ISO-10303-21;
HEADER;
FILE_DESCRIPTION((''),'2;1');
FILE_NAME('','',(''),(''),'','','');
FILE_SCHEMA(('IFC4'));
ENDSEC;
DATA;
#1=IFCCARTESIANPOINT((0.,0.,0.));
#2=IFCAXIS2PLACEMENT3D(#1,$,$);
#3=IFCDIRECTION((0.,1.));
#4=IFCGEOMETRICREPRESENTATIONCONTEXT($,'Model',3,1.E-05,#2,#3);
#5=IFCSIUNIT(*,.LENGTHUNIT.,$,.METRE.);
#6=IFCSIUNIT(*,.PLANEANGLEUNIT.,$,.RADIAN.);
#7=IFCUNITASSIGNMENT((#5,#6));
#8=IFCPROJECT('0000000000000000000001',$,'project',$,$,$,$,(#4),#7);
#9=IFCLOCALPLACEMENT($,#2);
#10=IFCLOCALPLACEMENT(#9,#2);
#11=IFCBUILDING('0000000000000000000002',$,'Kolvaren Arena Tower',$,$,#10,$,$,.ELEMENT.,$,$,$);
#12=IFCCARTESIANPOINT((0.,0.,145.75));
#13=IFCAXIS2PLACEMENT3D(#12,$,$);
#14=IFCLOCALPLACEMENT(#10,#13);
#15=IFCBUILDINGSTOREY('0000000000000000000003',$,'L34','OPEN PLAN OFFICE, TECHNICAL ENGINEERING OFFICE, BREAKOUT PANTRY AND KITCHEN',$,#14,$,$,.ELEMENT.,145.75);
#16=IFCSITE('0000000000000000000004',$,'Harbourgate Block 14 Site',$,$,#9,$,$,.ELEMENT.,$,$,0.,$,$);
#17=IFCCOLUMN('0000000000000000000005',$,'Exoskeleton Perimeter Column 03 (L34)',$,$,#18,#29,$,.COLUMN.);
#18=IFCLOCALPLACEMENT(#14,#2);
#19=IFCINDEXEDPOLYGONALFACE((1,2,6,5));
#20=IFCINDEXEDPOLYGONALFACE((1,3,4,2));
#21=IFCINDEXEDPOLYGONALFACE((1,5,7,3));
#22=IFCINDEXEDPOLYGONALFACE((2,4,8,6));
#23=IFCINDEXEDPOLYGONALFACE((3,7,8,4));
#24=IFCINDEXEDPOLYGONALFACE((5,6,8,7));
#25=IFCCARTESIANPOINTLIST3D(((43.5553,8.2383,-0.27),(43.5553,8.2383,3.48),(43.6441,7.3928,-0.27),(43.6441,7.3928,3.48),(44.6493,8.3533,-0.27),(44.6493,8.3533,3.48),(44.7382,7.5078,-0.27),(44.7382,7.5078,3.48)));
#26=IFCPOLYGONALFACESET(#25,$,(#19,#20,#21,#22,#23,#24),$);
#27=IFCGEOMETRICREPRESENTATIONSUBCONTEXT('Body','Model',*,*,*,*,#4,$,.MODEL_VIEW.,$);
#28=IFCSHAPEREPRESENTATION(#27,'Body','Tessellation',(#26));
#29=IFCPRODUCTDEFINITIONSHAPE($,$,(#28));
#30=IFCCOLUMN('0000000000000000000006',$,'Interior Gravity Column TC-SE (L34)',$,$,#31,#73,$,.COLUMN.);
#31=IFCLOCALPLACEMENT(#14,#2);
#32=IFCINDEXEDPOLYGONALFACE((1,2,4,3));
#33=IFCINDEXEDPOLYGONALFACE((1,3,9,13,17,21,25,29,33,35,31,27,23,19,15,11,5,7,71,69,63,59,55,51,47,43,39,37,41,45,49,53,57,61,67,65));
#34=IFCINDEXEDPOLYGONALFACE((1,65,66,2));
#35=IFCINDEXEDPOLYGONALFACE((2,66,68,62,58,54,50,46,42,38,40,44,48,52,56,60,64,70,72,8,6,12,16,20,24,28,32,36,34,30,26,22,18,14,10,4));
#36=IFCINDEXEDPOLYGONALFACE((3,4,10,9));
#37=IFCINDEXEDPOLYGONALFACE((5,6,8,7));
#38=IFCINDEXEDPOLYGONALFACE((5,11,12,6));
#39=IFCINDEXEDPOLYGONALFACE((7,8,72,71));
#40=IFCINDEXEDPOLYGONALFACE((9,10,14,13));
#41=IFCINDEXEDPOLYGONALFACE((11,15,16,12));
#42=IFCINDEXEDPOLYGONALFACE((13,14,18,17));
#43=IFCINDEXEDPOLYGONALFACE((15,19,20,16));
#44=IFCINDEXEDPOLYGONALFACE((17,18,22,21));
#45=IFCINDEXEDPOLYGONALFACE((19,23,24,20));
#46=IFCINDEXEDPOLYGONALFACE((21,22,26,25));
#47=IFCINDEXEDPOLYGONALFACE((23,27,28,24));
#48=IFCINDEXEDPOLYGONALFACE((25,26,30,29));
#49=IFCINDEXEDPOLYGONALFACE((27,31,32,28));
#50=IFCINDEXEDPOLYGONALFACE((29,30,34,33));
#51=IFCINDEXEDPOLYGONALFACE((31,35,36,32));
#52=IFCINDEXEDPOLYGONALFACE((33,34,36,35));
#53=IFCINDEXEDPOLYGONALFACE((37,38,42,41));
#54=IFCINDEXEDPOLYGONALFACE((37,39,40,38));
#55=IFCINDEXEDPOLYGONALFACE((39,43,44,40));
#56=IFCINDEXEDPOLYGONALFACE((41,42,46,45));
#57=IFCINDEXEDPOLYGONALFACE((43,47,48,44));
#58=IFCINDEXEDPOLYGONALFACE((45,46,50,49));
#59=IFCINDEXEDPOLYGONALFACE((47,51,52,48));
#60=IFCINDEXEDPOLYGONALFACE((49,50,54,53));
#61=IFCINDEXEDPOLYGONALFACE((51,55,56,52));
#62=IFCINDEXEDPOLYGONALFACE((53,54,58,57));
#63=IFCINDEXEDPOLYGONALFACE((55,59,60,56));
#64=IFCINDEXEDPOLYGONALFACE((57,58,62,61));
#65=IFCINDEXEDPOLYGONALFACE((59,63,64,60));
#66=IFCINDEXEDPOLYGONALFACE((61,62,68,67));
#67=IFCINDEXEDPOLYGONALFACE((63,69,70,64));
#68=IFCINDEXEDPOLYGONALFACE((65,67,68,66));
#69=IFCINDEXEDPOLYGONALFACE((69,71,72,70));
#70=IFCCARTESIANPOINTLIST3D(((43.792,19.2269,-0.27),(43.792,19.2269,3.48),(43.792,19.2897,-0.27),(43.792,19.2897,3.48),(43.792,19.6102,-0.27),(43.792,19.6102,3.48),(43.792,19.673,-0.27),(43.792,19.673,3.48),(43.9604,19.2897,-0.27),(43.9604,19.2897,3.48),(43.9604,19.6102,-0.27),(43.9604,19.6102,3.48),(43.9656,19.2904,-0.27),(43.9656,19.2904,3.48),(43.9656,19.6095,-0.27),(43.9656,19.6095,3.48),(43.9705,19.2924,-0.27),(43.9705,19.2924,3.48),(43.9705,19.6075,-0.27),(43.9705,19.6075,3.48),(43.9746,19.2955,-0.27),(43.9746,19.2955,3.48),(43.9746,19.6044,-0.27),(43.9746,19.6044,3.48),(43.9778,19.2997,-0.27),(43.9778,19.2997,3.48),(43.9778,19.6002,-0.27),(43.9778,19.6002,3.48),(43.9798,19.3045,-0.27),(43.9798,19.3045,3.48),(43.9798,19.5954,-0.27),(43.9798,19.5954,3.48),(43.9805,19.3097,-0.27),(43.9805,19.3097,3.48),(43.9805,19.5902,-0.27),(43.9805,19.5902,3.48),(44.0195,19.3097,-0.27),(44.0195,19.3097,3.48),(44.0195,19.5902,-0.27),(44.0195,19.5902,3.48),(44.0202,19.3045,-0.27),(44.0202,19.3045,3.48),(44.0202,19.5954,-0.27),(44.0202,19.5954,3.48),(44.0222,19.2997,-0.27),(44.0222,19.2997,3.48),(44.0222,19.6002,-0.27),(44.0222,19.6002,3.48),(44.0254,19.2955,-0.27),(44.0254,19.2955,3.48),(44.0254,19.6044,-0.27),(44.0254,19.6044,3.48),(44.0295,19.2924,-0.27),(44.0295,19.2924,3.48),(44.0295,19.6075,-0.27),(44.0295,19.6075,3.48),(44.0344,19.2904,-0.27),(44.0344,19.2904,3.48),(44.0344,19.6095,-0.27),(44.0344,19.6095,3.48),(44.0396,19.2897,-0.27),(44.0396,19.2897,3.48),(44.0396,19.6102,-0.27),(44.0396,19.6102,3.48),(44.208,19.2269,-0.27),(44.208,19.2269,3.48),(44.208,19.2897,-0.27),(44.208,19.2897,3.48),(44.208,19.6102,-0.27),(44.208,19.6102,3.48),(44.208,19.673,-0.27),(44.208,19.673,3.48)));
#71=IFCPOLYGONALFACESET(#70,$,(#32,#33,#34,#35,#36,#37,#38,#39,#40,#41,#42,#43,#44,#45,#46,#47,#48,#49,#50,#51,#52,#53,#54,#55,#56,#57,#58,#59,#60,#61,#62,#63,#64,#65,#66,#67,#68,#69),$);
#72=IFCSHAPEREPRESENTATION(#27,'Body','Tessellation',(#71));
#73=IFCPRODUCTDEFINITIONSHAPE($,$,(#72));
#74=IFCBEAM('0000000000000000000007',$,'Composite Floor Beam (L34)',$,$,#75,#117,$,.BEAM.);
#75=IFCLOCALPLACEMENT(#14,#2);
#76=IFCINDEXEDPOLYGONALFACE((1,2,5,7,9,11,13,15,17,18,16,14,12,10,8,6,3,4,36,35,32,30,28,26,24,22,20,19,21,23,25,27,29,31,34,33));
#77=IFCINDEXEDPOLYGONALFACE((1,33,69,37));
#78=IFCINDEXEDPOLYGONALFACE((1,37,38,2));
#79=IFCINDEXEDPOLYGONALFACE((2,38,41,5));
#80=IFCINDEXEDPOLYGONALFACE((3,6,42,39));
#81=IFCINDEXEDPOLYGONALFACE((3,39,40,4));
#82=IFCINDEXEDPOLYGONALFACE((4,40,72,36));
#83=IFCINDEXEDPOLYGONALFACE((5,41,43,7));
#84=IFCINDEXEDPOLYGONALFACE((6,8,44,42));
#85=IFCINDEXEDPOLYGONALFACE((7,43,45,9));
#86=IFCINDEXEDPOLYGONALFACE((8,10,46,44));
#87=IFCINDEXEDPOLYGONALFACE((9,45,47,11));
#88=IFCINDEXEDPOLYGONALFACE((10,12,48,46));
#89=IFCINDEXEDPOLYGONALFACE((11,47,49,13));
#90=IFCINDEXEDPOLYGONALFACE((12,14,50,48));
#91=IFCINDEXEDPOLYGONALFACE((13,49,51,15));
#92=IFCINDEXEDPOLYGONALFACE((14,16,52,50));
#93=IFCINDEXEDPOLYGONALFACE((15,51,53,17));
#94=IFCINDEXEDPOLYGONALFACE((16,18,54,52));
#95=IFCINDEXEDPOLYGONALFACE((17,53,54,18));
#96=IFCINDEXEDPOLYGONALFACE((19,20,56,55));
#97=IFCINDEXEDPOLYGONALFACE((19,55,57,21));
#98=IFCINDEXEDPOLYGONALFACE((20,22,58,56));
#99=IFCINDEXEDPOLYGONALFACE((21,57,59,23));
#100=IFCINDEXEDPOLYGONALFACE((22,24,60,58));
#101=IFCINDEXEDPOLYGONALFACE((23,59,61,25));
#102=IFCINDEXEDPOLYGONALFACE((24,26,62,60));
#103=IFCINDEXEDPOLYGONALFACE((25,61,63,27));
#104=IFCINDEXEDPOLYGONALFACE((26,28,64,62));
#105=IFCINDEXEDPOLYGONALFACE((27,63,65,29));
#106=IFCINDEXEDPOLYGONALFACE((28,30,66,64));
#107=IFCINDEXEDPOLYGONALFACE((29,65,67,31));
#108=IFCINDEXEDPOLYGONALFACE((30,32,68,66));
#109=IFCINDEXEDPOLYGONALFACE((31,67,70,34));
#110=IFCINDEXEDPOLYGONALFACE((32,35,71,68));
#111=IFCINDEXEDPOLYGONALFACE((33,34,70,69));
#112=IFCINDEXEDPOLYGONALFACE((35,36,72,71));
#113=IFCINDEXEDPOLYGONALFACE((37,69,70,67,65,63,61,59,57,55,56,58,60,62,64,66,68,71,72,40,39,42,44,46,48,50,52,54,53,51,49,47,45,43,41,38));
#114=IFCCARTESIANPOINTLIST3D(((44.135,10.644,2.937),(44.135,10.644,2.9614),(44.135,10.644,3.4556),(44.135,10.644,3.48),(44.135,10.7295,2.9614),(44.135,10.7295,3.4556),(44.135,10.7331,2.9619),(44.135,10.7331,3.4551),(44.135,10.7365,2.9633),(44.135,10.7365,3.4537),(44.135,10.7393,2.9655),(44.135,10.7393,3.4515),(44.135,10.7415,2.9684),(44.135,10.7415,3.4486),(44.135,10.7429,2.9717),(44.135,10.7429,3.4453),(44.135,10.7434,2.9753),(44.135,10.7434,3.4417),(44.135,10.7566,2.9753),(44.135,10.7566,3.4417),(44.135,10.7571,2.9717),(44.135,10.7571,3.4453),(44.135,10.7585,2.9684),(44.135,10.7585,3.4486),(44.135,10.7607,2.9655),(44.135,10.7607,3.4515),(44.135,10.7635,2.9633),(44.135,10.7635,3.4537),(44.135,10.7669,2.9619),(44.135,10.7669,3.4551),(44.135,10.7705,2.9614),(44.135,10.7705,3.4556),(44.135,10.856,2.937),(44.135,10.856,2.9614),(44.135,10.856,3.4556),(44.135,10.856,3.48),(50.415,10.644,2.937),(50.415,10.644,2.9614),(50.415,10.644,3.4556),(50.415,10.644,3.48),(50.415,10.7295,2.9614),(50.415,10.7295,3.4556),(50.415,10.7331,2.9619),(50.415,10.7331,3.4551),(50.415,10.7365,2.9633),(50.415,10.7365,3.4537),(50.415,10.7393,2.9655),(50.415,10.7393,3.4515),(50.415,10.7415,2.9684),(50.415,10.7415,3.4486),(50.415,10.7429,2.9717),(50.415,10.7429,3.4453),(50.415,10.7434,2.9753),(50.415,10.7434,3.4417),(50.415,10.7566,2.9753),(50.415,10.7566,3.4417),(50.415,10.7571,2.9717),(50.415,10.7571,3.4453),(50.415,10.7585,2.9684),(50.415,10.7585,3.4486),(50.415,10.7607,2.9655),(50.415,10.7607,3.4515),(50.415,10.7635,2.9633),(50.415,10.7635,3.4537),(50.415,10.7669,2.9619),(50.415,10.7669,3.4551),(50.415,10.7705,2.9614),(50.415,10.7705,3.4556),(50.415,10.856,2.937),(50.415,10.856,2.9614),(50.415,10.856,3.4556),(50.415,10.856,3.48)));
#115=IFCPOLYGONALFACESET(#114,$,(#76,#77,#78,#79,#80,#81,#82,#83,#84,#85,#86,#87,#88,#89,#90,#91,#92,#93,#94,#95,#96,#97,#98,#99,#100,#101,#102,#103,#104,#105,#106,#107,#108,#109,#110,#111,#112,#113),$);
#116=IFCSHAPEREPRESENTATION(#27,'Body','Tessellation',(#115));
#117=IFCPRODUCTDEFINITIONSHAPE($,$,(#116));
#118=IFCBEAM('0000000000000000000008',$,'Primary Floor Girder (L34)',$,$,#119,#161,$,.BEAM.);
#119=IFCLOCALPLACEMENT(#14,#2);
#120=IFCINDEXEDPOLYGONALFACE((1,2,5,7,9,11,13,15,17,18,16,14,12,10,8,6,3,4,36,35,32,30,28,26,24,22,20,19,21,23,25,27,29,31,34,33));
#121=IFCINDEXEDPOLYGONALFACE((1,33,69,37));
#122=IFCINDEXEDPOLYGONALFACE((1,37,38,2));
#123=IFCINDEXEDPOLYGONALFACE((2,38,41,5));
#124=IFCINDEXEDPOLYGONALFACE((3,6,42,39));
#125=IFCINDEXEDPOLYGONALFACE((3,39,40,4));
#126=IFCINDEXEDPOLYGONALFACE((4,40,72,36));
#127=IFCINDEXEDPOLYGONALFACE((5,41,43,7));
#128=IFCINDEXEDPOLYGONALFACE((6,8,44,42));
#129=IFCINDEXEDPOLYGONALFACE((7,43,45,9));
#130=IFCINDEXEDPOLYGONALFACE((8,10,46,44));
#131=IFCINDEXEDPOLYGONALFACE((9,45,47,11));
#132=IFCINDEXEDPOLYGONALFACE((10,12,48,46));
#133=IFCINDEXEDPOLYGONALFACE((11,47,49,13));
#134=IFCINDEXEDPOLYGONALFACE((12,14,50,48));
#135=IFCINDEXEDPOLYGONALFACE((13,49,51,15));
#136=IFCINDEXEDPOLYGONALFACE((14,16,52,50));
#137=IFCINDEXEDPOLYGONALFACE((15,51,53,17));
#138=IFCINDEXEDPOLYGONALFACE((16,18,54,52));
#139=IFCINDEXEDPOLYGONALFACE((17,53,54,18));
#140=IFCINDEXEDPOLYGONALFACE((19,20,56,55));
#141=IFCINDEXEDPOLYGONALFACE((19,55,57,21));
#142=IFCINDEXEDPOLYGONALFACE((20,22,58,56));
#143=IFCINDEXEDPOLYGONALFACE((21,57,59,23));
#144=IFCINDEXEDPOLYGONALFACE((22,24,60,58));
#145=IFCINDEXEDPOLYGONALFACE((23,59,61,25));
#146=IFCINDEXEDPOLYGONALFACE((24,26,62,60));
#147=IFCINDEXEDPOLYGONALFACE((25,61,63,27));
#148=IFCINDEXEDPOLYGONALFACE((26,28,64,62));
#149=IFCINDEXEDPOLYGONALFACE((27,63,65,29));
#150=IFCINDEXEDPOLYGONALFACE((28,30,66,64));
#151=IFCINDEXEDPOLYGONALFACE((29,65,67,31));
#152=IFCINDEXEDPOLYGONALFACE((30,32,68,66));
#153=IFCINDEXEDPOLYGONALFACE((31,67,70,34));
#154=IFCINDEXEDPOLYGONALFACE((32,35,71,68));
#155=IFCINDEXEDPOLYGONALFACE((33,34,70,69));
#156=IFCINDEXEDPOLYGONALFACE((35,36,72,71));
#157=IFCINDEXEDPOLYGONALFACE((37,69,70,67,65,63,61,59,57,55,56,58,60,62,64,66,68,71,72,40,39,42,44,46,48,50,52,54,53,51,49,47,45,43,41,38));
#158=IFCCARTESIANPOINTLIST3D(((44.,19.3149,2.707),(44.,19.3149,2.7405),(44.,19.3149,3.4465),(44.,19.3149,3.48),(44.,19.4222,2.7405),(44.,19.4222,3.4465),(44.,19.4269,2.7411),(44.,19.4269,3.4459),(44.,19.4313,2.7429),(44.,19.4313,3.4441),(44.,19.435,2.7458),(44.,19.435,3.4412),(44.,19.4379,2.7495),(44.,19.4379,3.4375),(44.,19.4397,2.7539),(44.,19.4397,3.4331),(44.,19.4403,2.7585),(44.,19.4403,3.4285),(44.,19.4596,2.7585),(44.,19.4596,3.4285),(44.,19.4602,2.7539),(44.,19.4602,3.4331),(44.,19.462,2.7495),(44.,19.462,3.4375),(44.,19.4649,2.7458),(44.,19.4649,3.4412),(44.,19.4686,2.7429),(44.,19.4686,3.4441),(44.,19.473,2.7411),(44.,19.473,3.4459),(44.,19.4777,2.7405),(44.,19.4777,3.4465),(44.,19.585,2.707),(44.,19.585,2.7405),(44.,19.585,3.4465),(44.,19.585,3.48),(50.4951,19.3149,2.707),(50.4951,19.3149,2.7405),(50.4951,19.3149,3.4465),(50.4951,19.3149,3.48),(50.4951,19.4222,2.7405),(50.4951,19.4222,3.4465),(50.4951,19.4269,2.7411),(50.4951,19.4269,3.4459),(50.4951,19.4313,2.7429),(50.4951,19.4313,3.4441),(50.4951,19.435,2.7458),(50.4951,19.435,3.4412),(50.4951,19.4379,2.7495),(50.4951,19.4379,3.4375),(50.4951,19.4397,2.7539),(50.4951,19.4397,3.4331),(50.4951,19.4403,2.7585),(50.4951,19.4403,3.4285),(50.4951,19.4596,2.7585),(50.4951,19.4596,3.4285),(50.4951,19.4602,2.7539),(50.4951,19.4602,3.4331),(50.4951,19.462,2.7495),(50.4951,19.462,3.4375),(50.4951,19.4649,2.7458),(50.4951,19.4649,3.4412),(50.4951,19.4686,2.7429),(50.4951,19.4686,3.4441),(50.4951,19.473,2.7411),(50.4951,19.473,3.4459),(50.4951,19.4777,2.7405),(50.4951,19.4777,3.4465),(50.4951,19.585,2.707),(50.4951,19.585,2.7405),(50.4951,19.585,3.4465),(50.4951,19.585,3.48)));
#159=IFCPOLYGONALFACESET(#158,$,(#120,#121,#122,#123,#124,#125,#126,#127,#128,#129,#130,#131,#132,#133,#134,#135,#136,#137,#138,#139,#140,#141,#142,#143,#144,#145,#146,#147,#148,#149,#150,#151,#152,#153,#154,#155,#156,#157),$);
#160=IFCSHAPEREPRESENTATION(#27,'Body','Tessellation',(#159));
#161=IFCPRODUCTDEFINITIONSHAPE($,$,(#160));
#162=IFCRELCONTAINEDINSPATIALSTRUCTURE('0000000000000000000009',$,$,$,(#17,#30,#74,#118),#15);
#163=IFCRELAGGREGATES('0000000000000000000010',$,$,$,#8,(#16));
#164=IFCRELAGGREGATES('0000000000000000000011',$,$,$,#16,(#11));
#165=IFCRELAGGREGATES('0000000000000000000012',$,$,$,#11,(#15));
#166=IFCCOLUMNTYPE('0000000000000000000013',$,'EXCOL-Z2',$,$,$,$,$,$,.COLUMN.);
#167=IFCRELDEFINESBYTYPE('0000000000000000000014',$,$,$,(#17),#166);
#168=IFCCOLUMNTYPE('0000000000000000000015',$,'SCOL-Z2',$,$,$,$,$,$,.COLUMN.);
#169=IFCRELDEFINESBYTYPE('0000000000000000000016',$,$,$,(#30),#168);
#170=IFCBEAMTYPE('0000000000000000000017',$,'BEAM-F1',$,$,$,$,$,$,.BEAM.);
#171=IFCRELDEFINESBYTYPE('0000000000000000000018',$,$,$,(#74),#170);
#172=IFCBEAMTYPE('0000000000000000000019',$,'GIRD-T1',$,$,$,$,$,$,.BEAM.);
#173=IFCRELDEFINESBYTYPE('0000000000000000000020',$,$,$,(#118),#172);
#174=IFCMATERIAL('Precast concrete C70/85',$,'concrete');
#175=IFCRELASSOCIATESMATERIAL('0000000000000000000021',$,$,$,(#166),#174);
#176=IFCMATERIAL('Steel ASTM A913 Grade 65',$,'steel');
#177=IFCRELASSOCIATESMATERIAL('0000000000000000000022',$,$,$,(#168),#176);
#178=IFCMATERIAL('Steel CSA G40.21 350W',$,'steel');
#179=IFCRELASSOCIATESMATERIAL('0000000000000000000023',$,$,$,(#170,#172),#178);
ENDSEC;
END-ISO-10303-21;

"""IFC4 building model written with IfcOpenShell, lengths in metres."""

from ifc_helpers import new_model, si_unit, direction, frame, origin, origin_2d, place, context, subcontext, project, spatial, rectangle, i_section, extrude, material, material_profile, profile_set, type_object, element, save


model = new_model("IFC4")

# Units and contexts
model_context = context("Model", 3, precision=1e-05, world=origin(), true_north=direction((0.0, 1.0)))
body_context = subcontext(model_context, "Body", "Model", "MODEL_VIEW")
ifc_project = project(units=[si_unit("LENGTHUNIT", "METRE"), si_unit("PLANEANGLEUNIT", "RADIAN")], contexts=[model_context])

# Site, building, storey
site_placement = place(None, origin())
site = spatial("IfcSite", under=ifc_project, at=site_placement, Name="Harbourgate Block 14 Site", CompositionType="ELEMENT", RefElevation=0.0)
building_placement = place(site_placement, origin())
building = spatial("IfcBuilding", under=site, at=building_placement, Name="Kolvaren Arena Tower", CompositionType="ELEMENT")
storey_placement = place(building_placement, frame((0.0, 0.0, 145.75)))
storey = spatial("IfcBuildingStorey", under=building, at=storey_placement, Name="L34", Description="OPEN PLAN OFFICE, TECHNICAL ENGINEERING OFFICE, BREAKOUT PANTRY AND KITCHEN", CompositionType="ELEMENT", Elevation=145.75)

# Columns
ifc_material_1 = material(Name="Precast concrete C70/85", Category="concrete")
ifc_material_profile_1 = material_profile(ifc_material_1, rectangle(XDim=1.1001, YDim=0.8501, at=origin_2d()), Name="RC-1100x850")
ifc_profile_set_1 = profile_set([ifc_material_profile_1], Name="Precast concrete C70/85")
column_type_1 = type_object("IfcColumnType", Name="EXCOL-Z2", PredefinedType="COLUMN", material=ifc_profile_set_1)
column_1_placement = place(storey_placement, frame((44.1467, 7.873, -0.27), z_axis=(0.0, 0.0, 1.0), x_axis=(0.994522, 0.104528, 0.0)))
element("IfcColumn", 1, at=column_1_placement, inside=storey, type_object=column_type_1, Name="Exoskeleton Perimeter Column 03 (L34)", PredefinedType="COLUMN", context=body_context, shape_type="SweptSolid", body=[
    extrude(rectangle(XDim=1.1001, YDim=0.8501, at=origin_2d()), origin(), (0.0, 0.0, 1.0), 3.75),
])
ifc_material_2 = material(Name="Steel ASTM A913 Grade 65", Category="steel")
ifc_material_profile_2 = material_profile(ifc_material_2, i_section(OverallWidth=0.416, OverallDepth=0.446, WebThickness=0.0391, FlangeThickness=0.0627, FilletRadius=0.02, at=origin_2d()), Name="W360x509")
ifc_profile_set_2 = profile_set([ifc_material_profile_2], Name="Steel ASTM A913 Grade 65")
column_type_2 = type_object("IfcColumnType", Name="SCOL-Z2", PredefinedType="COLUMN", material=ifc_profile_set_2)
column_2_placement = place(storey_placement, frame((44.0, 19.45, -0.27), z_axis=(0.0, 0.0, 1.0), x_axis=(1.0, 0.0, 0.0)))
element("IfcColumn", 2, at=column_2_placement, inside=storey, type_object=column_type_2, Name="Interior Gravity Column TC-SE (L34)", PredefinedType="COLUMN", context=body_context, shape_type="SweptSolid", body=[
    extrude(i_section(OverallWidth=0.416, OverallDepth=0.446, WebThickness=0.0391, FlangeThickness=0.0627, FilletRadius=0.02, at=origin_2d()), origin(), (0.0, 0.0, 1.0), 3.75),
])

# Beams
ifc_material_3 = material(Name="Steel CSA G40.21 350W", Category="steel")
ifc_material_profile_3 = material_profile(ifc_material_3, i_section(OverallWidth=0.2119, OverallDepth=0.543, WebThickness=0.0132, FlangeThickness=0.0244, FilletRadius=0.0139, at=origin_2d()), Name="W530x150")
ifc_profile_set_3 = profile_set([ifc_material_profile_3], Name="Steel CSA G40.21 350W")
beam_type_1 = type_object("IfcBeamType", Name="BEAM-F1", PredefinedType="BEAM", material=ifc_profile_set_3)
beam_1_placement = place(storey_placement, frame((44.135, 10.75, 3.2085), z_axis=(1.0, 0.0, 0.0), x_axis=(0.0, 1.0, 0.0)))
element("IfcBeam", 3, at=beam_1_placement, inside=storey, type_object=beam_type_1, Name="Composite Floor Beam (L34)", PredefinedType="BEAM", context=body_context, shape_type="SweptSolid", body=[
    extrude(i_section(OverallWidth=0.2119, OverallDepth=0.543, WebThickness=0.0132, FlangeThickness=0.0244, FilletRadius=0.0139, at=origin_2d()), origin(), (0.0, 0.0, 1.0), 6.28),
])
ifc_material_profile_4 = material_profile(ifc_material_3, i_section(OverallWidth=0.27, OverallDepth=0.7729, WebThickness=0.0193, FlangeThickness=0.0334, FilletRadius=0.0181, at=origin_2d()), Name="W760x257")
ifc_profile_set_4 = profile_set([ifc_material_profile_4], Name="Steel CSA G40.21 350W")
beam_type_2 = type_object("IfcBeamType", Name="GIRD-T1", PredefinedType="BEAM", material=ifc_profile_set_4)
beam_2_placement = place(storey_placement, frame((44.0, 19.45, 3.0935), z_axis=(1.0, 0.0, 0.0), x_axis=(0.0, 1.0, 0.0)))
element("IfcBeam", 4, at=beam_2_placement, inside=storey, type_object=beam_type_2, Name="Primary Floor Girder (L34)", PredefinedType="BEAM", context=body_context, shape_type="SweptSolid", body=[
    extrude(i_section(OverallWidth=0.27, OverallDepth=0.7729, WebThickness=0.0193, FlangeThickness=0.0334, FilletRadius=0.0181, at=origin_2d()), origin(), (0.0, 0.0, 1.0), 6.4951),
])

save(model, "model.ifc")
